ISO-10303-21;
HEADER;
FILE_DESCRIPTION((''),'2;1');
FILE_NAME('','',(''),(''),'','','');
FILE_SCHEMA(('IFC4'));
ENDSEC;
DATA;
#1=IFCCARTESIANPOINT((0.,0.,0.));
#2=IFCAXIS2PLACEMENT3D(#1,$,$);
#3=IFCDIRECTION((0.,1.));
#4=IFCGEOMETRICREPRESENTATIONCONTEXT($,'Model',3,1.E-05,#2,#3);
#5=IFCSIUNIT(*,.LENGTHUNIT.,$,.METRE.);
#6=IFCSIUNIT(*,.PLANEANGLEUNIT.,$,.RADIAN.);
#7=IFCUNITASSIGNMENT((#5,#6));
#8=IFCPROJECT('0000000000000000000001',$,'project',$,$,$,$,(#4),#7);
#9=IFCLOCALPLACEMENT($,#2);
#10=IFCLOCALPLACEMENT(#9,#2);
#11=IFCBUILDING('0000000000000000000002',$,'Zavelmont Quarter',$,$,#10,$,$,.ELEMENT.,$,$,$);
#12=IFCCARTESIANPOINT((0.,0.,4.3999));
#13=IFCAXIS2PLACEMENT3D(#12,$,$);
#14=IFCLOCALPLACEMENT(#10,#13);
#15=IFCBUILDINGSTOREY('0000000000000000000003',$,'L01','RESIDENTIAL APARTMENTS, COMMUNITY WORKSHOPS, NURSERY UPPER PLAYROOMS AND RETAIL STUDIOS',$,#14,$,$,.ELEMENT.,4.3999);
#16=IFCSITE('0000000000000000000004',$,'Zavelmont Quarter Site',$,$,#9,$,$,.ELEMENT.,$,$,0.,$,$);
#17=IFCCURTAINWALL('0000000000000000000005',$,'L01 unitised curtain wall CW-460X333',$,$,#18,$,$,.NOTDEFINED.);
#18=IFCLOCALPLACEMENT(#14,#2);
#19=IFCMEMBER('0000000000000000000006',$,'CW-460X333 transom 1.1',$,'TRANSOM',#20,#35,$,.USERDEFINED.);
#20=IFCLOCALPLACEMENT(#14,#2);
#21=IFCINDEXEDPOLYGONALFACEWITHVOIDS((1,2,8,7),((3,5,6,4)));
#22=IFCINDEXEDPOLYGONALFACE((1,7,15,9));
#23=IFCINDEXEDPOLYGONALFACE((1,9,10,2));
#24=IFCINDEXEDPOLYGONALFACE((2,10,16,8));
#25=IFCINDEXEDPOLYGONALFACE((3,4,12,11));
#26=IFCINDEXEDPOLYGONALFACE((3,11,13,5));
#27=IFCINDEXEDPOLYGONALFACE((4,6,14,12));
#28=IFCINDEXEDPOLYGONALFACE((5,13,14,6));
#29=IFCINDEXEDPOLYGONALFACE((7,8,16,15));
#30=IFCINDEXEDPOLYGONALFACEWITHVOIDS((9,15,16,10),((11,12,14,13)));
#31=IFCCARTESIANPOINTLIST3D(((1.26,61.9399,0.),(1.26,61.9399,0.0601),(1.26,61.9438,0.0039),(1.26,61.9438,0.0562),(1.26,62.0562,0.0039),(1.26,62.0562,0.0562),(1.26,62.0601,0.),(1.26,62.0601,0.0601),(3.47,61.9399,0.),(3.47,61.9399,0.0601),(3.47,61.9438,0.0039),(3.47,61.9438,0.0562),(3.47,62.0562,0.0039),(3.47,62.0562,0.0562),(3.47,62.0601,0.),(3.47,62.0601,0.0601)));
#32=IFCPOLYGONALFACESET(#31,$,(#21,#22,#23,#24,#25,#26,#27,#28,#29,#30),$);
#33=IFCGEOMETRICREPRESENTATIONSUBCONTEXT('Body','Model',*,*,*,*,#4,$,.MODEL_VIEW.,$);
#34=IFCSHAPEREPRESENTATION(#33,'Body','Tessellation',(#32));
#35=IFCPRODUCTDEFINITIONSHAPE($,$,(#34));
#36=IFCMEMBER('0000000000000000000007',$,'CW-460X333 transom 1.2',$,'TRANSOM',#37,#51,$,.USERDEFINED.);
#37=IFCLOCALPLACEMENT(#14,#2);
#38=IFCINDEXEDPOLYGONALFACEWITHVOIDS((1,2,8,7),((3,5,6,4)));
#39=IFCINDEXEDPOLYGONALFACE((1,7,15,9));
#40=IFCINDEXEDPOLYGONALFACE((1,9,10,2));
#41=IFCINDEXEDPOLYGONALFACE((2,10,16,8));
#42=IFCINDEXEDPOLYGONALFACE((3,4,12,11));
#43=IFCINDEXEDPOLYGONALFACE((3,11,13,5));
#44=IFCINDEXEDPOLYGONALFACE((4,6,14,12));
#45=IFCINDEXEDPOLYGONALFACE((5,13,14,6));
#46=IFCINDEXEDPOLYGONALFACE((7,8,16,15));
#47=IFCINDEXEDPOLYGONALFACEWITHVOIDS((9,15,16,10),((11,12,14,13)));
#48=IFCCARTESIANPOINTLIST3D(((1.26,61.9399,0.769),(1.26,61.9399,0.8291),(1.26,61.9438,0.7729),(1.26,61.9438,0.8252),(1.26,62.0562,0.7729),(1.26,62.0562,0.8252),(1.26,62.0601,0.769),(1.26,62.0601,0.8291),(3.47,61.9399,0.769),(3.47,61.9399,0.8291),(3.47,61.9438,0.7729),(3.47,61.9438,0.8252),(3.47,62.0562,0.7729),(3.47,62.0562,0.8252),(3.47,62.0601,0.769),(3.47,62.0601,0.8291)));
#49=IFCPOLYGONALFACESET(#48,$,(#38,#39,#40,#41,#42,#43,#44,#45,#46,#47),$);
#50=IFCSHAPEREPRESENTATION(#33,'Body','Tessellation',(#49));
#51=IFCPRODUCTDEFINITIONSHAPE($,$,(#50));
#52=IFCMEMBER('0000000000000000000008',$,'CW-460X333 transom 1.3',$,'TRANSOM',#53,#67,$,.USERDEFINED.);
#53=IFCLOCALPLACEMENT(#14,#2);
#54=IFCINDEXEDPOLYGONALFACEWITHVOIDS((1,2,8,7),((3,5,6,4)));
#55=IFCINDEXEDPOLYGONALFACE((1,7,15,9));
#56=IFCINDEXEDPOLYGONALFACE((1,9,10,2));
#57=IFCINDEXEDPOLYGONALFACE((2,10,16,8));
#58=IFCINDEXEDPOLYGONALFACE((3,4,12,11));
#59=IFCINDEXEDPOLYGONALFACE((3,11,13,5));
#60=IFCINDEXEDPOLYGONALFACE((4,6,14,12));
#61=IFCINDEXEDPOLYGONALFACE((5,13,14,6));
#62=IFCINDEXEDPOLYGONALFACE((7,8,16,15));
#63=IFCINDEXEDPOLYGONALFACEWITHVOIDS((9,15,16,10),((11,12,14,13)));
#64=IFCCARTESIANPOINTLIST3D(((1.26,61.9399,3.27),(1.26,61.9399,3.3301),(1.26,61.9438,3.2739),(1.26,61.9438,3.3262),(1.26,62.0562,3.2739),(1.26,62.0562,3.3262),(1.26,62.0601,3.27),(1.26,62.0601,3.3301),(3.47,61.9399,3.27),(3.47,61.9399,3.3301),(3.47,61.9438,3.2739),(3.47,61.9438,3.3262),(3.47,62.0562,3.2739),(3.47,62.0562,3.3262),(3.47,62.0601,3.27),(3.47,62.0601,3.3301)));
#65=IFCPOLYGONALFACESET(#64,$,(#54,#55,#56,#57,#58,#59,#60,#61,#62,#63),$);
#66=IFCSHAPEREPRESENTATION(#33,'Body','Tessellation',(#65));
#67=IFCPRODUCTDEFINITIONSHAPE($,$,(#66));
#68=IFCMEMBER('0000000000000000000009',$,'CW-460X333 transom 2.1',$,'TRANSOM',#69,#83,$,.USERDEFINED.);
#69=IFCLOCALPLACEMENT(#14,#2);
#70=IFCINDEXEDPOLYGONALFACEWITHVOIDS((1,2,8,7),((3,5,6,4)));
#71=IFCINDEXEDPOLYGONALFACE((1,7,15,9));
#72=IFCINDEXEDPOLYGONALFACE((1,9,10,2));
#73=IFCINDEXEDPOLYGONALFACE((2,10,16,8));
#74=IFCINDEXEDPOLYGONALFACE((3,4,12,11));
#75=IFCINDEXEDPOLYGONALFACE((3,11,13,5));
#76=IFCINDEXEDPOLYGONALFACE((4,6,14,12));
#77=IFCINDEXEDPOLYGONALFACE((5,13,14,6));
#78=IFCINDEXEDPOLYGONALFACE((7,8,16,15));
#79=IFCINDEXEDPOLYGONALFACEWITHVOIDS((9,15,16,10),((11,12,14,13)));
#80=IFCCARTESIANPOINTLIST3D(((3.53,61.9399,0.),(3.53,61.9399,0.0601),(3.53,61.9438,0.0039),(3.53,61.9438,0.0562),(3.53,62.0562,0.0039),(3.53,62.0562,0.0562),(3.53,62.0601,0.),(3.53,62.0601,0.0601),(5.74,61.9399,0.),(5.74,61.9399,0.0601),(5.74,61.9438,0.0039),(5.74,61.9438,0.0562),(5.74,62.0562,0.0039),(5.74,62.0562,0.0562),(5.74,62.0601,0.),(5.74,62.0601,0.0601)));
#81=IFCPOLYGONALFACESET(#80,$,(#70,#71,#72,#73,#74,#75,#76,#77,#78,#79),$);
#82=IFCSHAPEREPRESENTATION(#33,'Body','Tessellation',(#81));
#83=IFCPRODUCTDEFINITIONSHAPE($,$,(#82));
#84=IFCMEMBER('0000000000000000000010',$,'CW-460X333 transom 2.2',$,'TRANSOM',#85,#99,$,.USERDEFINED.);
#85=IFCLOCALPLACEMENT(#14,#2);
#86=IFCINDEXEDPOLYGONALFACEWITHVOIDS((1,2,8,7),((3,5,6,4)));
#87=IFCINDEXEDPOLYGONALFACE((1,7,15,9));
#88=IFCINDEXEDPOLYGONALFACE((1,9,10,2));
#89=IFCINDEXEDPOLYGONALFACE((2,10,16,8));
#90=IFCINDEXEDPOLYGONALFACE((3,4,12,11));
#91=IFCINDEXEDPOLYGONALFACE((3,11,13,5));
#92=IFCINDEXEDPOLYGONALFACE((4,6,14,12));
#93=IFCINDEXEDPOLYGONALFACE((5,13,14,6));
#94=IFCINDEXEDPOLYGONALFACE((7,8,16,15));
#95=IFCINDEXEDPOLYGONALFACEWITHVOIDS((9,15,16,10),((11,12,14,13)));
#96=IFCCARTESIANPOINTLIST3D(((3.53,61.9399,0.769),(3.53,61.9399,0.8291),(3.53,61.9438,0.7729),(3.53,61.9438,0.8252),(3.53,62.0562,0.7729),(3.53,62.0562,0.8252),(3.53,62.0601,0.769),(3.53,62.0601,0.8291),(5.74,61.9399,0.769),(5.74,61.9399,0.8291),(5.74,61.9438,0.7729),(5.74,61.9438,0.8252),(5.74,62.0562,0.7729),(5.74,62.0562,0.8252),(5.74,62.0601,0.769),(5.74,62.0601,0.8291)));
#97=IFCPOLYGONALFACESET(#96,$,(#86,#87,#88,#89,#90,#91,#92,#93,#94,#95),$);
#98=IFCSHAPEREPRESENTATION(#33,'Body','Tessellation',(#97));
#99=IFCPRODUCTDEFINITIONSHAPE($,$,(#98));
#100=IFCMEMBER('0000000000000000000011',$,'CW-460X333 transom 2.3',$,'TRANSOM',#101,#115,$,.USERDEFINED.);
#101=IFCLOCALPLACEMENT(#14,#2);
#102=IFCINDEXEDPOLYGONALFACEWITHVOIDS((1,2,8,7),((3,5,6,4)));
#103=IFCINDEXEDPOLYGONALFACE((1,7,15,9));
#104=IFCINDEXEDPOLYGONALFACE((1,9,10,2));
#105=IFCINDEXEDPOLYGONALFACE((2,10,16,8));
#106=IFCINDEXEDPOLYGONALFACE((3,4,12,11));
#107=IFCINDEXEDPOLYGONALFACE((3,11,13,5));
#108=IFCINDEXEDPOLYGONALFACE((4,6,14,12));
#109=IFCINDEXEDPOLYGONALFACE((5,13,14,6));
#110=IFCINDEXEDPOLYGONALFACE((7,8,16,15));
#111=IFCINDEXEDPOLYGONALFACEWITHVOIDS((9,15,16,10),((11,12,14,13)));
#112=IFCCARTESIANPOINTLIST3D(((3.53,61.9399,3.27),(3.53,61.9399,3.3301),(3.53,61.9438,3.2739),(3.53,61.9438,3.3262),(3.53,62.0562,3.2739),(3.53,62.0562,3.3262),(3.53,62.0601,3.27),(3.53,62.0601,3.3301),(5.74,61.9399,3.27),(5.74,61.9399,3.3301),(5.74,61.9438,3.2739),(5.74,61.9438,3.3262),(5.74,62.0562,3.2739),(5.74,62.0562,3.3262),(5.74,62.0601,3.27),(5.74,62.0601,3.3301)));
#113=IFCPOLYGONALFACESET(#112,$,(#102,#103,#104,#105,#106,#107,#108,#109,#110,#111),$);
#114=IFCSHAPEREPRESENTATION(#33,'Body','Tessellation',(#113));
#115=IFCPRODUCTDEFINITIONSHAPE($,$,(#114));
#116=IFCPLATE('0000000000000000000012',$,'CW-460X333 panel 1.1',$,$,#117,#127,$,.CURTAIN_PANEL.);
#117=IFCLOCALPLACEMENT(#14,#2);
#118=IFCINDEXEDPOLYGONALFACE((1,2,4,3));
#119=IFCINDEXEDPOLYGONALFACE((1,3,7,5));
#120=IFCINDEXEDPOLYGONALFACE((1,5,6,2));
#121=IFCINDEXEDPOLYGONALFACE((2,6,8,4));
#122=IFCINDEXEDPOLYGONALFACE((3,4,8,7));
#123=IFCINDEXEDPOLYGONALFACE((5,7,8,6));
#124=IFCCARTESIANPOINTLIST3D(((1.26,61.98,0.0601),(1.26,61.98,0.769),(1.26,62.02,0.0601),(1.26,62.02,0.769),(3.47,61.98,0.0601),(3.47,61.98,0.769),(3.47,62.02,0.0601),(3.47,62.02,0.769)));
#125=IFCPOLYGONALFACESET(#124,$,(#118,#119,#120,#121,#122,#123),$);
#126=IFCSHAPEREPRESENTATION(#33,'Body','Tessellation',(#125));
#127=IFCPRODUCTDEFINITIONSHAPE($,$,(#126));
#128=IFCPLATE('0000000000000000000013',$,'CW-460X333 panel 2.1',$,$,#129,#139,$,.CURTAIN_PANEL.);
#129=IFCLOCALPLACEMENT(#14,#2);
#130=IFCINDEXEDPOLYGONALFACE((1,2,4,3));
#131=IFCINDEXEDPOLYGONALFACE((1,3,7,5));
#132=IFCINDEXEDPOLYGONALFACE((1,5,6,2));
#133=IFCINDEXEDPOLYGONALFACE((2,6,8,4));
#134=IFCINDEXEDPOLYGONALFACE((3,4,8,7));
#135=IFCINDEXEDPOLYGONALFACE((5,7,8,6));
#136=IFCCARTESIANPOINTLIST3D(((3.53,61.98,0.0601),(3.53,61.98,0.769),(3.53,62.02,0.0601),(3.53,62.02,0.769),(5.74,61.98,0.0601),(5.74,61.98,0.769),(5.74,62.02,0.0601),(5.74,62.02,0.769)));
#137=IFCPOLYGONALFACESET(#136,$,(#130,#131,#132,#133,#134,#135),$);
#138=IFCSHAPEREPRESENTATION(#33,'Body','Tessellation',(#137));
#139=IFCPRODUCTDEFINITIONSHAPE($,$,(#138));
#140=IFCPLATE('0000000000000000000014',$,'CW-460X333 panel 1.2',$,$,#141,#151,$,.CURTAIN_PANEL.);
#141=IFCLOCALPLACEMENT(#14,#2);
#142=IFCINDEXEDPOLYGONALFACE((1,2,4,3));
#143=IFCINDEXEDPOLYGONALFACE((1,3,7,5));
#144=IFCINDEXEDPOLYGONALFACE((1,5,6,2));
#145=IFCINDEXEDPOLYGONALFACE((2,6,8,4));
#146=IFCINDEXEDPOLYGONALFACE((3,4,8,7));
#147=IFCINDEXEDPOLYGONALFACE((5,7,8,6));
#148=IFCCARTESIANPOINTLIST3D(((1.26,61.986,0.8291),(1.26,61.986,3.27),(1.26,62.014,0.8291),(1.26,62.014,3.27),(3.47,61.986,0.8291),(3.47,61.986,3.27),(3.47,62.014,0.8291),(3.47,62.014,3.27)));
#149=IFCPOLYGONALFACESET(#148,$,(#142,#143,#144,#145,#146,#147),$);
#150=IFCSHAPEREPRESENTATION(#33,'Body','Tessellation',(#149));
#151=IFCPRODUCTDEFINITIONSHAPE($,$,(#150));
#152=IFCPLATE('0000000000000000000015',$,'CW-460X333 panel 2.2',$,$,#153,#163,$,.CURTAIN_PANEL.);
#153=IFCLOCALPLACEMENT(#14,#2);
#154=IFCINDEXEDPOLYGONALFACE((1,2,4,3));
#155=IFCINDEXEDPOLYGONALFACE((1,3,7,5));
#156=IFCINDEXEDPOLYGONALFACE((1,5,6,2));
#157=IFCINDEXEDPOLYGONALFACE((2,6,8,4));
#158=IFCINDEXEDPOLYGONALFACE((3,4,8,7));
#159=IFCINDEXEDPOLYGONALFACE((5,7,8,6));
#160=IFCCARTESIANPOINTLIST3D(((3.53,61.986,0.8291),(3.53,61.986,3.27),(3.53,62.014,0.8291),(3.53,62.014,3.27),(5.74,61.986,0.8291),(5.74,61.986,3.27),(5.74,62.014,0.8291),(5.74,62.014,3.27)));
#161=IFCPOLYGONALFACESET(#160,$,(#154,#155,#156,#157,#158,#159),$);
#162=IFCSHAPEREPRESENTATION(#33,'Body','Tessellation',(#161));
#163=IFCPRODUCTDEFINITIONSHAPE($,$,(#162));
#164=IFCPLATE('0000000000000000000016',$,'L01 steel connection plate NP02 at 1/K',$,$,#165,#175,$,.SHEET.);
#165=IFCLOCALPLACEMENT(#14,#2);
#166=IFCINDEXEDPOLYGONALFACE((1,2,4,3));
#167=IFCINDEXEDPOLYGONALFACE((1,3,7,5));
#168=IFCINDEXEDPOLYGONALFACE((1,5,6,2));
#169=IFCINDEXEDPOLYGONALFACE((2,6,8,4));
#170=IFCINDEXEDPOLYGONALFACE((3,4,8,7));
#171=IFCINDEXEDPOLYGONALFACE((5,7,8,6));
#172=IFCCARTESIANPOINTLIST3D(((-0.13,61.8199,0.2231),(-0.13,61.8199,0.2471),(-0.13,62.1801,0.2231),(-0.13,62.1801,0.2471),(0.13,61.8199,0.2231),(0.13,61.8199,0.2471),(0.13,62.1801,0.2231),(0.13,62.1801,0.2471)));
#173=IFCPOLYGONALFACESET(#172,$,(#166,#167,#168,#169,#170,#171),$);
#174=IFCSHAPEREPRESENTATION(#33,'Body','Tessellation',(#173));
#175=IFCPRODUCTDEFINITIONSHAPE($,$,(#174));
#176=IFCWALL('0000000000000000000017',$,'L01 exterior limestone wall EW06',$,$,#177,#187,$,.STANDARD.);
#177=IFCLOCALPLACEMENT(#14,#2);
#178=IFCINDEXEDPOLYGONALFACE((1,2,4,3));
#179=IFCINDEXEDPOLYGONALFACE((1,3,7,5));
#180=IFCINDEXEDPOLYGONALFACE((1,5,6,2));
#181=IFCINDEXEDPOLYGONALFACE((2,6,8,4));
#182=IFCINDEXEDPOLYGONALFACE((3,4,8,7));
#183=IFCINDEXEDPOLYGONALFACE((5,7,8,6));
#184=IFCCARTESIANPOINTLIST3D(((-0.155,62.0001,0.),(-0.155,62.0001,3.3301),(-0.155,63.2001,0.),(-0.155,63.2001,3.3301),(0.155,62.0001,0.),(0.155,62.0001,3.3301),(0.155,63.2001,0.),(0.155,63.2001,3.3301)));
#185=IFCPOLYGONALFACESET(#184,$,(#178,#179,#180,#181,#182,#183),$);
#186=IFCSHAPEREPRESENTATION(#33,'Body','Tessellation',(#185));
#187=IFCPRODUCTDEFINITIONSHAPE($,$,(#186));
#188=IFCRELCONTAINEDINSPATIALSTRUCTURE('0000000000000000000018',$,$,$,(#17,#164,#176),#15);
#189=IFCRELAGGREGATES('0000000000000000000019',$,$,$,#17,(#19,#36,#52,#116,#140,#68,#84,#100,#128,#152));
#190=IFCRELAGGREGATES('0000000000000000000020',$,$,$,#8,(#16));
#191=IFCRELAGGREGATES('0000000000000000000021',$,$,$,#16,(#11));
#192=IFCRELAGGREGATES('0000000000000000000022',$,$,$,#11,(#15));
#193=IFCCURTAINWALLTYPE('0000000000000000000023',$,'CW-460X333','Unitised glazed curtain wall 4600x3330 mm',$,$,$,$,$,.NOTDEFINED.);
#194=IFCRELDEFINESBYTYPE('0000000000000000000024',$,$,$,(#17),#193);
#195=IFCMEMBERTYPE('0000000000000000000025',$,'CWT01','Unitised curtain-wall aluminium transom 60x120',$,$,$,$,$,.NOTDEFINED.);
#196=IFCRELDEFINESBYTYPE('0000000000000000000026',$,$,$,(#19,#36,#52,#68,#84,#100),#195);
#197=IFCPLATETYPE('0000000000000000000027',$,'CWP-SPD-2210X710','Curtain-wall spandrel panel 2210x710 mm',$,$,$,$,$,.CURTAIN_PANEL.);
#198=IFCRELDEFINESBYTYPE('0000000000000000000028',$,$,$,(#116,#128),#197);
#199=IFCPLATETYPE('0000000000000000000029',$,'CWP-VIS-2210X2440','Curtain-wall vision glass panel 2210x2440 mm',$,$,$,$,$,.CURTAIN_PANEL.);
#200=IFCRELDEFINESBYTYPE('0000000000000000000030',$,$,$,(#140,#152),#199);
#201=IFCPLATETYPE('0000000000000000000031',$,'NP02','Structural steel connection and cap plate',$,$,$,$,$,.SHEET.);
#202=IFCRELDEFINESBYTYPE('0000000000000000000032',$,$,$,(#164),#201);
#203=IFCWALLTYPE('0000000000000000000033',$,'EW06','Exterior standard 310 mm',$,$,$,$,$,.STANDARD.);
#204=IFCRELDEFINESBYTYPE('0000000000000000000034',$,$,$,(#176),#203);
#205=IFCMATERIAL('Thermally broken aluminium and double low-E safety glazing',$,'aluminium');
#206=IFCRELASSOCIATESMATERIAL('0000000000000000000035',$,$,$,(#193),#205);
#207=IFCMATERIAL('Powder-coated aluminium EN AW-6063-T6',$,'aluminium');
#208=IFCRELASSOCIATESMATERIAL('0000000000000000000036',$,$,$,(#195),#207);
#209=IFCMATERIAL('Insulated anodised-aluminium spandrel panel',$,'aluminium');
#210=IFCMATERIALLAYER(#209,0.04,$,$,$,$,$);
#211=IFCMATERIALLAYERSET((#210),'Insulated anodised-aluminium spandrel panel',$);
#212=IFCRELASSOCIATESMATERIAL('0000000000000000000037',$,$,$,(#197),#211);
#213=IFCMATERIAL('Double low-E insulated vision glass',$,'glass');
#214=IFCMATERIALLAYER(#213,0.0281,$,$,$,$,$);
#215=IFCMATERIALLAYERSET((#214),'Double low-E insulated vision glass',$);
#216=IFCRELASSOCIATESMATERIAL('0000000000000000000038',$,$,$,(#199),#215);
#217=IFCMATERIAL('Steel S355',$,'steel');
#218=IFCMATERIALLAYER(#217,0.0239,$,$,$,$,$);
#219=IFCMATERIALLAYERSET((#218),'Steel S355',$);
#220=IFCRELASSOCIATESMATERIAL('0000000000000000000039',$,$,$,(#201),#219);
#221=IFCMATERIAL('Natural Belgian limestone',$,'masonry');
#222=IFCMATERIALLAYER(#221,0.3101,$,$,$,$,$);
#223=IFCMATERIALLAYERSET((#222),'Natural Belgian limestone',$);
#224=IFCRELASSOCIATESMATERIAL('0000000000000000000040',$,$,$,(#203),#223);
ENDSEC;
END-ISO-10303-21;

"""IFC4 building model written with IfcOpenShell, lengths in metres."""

from ifc_helpers import new_model, si_unit, direction, frame, frame_2d, origin, origin_2d, place, context, subcontext, project, spatial, rectangle, hollow_rectangle, extrude, material, layer, layer_set, material_profile, profile_set, type_object, element, aggregate, save


model = new_model("IFC4")

# Units and contexts
model_context = context("Model", 3, precision=1e-05, world=origin(), true_north=direction((0.0, 1.0)))
body_context = subcontext(model_context, "Body", "Model", "MODEL_VIEW")
ifc_project = project(units=[si_unit("LENGTHUNIT", "METRE"), si_unit("PLANEANGLEUNIT", "RADIAN")], contexts=[model_context])

# Site, building, storey
site_placement = place(None, origin())
site = spatial("IfcSite", under=ifc_project, at=site_placement, Name="Zavelmont Quarter Site", CompositionType="ELEMENT", RefElevation=0.0)
building_placement = place(site_placement, origin())
building = spatial("IfcBuilding", under=site, at=building_placement, Name="Zavelmont Quarter", CompositionType="ELEMENT")
storey_placement = place(building_placement, frame((0.0, 0.0, 4.3999)))
storey = spatial("IfcBuildingStorey", under=building, at=storey_placement, Name="L01", Description="RESIDENTIAL APARTMENTS, COMMUNITY WORKSHOPS, NURSERY UPPER PLAYROOMS AND RETAIL STUDIOS", CompositionType="ELEMENT", Elevation=4.3999)

# Shared definitions
ifc_material_1 = material(Name="Steel S355", Category="steel")

# Shared definitions
ifc_material_2 = material(Name="Thermally broken aluminium and double low-E safety glazing", Category="aluminium")
ifc_material_3 = material(Name="Powder-coated aluminium EN AW-6063-T6", Category="aluminium")

# Curtain wall
curtain_wall_type_1 = type_object("IfcCurtainWallType", Name="CW-460X333", Description="Unitised glazed curtain wall 4600x3330 mm", PredefinedType="NOTDEFINED", material=ifc_material_2)
curtain_wall_1_placement = place(storey_placement, origin())
curtain_wall_1 = element("IfcCurtainWall", 1, at=curtain_wall_1_placement, inside=storey, type_object=curtain_wall_type_1, Name="L01 unitised curtain wall CW-460X333", PredefinedType="NOTDEFINED")

# Members
ifc_material_profile_1 = material_profile(ifc_material_3, hollow_rectangle(XDim=0.1201, YDim=0.0601, WallThickness=0.0039, at=origin_2d()), Name="CWT60X120")
ifc_profile_set_1 = profile_set([ifc_material_profile_1], Name="Powder-coated aluminium EN AW-6063-T6")
member_type_1 = type_object("IfcMemberType", Name="CWT01", Description="Unitised curtain-wall aluminium transom 60x120", PredefinedType="NOTDEFINED", material=ifc_profile_set_1)
member_1_placement = place(storey_placement, frame((1.26, 62.0, 0.03), z_axis=(1.0, 0.0, 0.0), x_axis=(0.0, 1.0, 0.0)))
member_1 = element("IfcMember", 2, at=member_1_placement, type_object=member_type_1, Name="CW-460X333 transom 1.1", ObjectType="TRANSOM", PredefinedType="USERDEFINED", context=body_context, shape_type="SweptSolid", body=[
    extrude(hollow_rectangle(XDim=0.1201, YDim=0.0601, WallThickness=0.0039, at=origin_2d()), origin(), (0.0, 0.0, 1.0), 2.21),
])
member_2_placement = place(storey_placement, frame((1.26, 62.0, 0.7991), z_axis=(1.0, 0.0, 0.0), x_axis=(0.0, 1.0, 0.0)))
member_2 = element("IfcMember", 3, at=member_2_placement, type_object=member_type_1, Name="CW-460X333 transom 1.2", ObjectType="TRANSOM", PredefinedType="USERDEFINED", context=body_context, shape_type="SweptSolid", body=[
    extrude(hollow_rectangle(XDim=0.1201, YDim=0.0601, WallThickness=0.0039, at=origin_2d()), origin(), (0.0, 0.0, 1.0), 2.21),
])
member_3_placement = place(storey_placement, frame((1.26, 62.0, 3.3), z_axis=(1.0, 0.0, 0.0), x_axis=(0.0, 1.0, 0.0)))
member_3 = element("IfcMember", 4, at=member_3_placement, type_object=member_type_1, Name="CW-460X333 transom 1.3", ObjectType="TRANSOM", PredefinedType="USERDEFINED", context=body_context, shape_type="SweptSolid", body=[
    extrude(hollow_rectangle(XDim=0.1201, YDim=0.0601, WallThickness=0.0039, at=origin_2d()), origin(), (0.0, 0.0, 1.0), 2.21),
])
member_4_placement = place(storey_placement, frame((3.53, 62.0, 0.03), z_axis=(1.0, 0.0, 0.0), x_axis=(0.0, 1.0, 0.0)))
member_4 = element("IfcMember", 5, at=member_4_placement, type_object=member_type_1, Name="CW-460X333 transom 2.1", ObjectType="TRANSOM", PredefinedType="USERDEFINED", context=body_context, shape_type="SweptSolid", body=[
    extrude(hollow_rectangle(XDim=0.1201, YDim=0.0601, WallThickness=0.0039, at=origin_2d()), origin(), (0.0, 0.0, 1.0), 2.21),
])
member_5_placement = place(storey_placement, frame((3.53, 62.0, 0.7991), z_axis=(1.0, 0.0, 0.0), x_axis=(0.0, 1.0, 0.0)))
member_5 = element("IfcMember", 6, at=member_5_placement, type_object=member_type_1, Name="CW-460X333 transom 2.2", ObjectType="TRANSOM", PredefinedType="USERDEFINED", context=body_context, shape_type="SweptSolid", body=[
    extrude(hollow_rectangle(XDim=0.1201, YDim=0.0601, WallThickness=0.0039, at=origin_2d()), origin(), (0.0, 0.0, 1.0), 2.21),
])
member_6_placement = place(storey_placement, frame((3.53, 62.0, 3.3), z_axis=(1.0, 0.0, 0.0), x_axis=(0.0, 1.0, 0.0)))
member_6 = element("IfcMember", 7, at=member_6_placement, type_object=member_type_1, Name="CW-460X333 transom 2.3", ObjectType="TRANSOM", PredefinedType="USERDEFINED", context=body_context, shape_type="SweptSolid", body=[
    extrude(hollow_rectangle(XDim=0.1201, YDim=0.0601, WallThickness=0.0039, at=origin_2d()), origin(), (0.0, 0.0, 1.0), 2.21),
])

# Plates
ifc_material_4 = material(Name="Insulated anodised-aluminium spandrel panel", Category="aluminium")
ifc_layer_1 = layer(ifc_material_4, 0.04)
ifc_layer_set_1 = layer_set([ifc_layer_1], Name="Insulated anodised-aluminium spandrel panel")
plate_type_1 = type_object("IfcPlateType", Name="CWP-SPD-2210X710", Description="Curtain-wall spandrel panel 2210x710 mm", PredefinedType="CURTAIN_PANEL", material=ifc_layer_set_1)
plate_1_placement = place(storey_placement, frame((2.365, 62.0, 0.0601), z_axis=(0.0, 0.0, 1.0), x_axis=(1.0, 0.0, 0.0)))
plate_1 = element("IfcPlate", 8, at=plate_1_placement, type_object=plate_type_1, Name="CW-460X333 panel 1.1", PredefinedType="CURTAIN_PANEL", context=body_context, shape_type="SweptSolid", body=[
    extrude(rectangle(XDim=2.21, YDim=0.04, at=origin_2d()), origin(), (0.0, 0.0, 1.0), 0.709),
])
plate_2_placement = place(storey_placement, frame((4.635, 62.0, 0.0601), z_axis=(0.0, 0.0, 1.0), x_axis=(1.0, 0.0, 0.0)))
plate_2 = element("IfcPlate", 9, at=plate_2_placement, type_object=plate_type_1, Name="CW-460X333 panel 2.1", PredefinedType="CURTAIN_PANEL", context=body_context, shape_type="SweptSolid", body=[
    extrude(rectangle(XDim=2.21, YDim=0.04, at=origin_2d()), origin(), (0.0, 0.0, 1.0), 0.709),
])
ifc_material_5 = material(Name="Double low-E insulated vision glass", Category="glass")
ifc_layer_2 = layer(ifc_material_5, 0.0281)
ifc_layer_set_2 = layer_set([ifc_layer_2], Name="Double low-E insulated vision glass")
plate_type_2 = type_object("IfcPlateType", Name="CWP-VIS-2210X2440", Description="Curtain-wall vision glass panel 2210x2440 mm", PredefinedType="CURTAIN_PANEL", material=ifc_layer_set_2)
plate_3_placement = place(storey_placement, frame((2.365, 62.0, 0.8291), z_axis=(0.0, 0.0, 1.0), x_axis=(1.0, 0.0, 0.0)))
plate_3 = element("IfcPlate", 10, at=plate_3_placement, type_object=plate_type_2, Name="CW-460X333 panel 1.2", PredefinedType="CURTAIN_PANEL", context=body_context, shape_type="SweptSolid", body=[
    extrude(rectangle(XDim=2.21, YDim=0.0281, at=origin_2d()), origin(), (0.0, 0.0, 1.0), 2.4409),
])
plate_4_placement = place(storey_placement, frame((4.635, 62.0, 0.8291), z_axis=(0.0, 0.0, 1.0), x_axis=(1.0, 0.0, 0.0)))
plate_4 = element("IfcPlate", 11, at=plate_4_placement, type_object=plate_type_2, Name="CW-460X333 panel 2.2", PredefinedType="CURTAIN_PANEL", context=body_context, shape_type="SweptSolid", body=[
    extrude(rectangle(XDim=2.21, YDim=0.0281, at=origin_2d()), origin(), (0.0, 0.0, 1.0), 2.4409),
])
aggregate(curtain_wall_1, [member_1, member_2, member_3, plate_1, plate_3, member_4, member_5, member_6, plate_2, plate_4])
ifc_layer_3 = layer(ifc_material_1, 0.0239)
ifc_layer_set_3 = layer_set([ifc_layer_3], Name="Steel S355")
plate_type_3 = type_object("IfcPlateType", Name="NP02", Description="Structural steel connection and cap plate", PredefinedType="SHEET", material=ifc_layer_set_3)
plate_5_placement = place(storey_placement, frame((0.0, 62.0, 0.2231), z_axis=(0.0, 0.0, 1.0), x_axis=(0.0, 1.0, 0.0)))
element("IfcPlate", 12, at=plate_5_placement, inside=storey, type_object=plate_type_3, Name="L01 steel connection plate NP02 at 1/K", PredefinedType="SHEET", context=body_context, shape_type="SweptSolid", body=[
    extrude(rectangle(XDim=0.3601, YDim=0.26, at=origin_2d()), origin(), (0.0, 0.0, 1.0), 0.0239),
])

# Wall
ifc_material_6 = material(Name="Natural Belgian limestone", Category="masonry")
ifc_layer_4 = layer(ifc_material_6, 0.3101)
ifc_layer_set_4 = layer_set([ifc_layer_4], Name="Natural Belgian limestone")
wall_type = type_object("IfcWallType", Name="EW06", Description="Exterior standard 310 mm", PredefinedType="STANDARD", material=ifc_layer_set_4)
for number, where, z_axis, x_axis, name in (
    (13, (0.0, 62.0, 0.0), (0.0, 0.0, 1.0), (0.0, 1.0, 0.0), "L01 exterior limestone wall EW06"),
):
    element("IfcWall", number, at=place(storey_placement, frame(where, z_axis=z_axis, x_axis=x_axis)), inside=storey, type_object=wall_type, Name=name, PredefinedType="STANDARD", context=body_context, shape_type="SweptSolid", body=[
        extrude(rectangle(XDim=1.2, YDim=0.3101, at=frame_2d((0.6001, 0.0))), origin(), (0.0, 0.0, 1.0), 3.3301),
    ])

save(model, "model.ifc")
